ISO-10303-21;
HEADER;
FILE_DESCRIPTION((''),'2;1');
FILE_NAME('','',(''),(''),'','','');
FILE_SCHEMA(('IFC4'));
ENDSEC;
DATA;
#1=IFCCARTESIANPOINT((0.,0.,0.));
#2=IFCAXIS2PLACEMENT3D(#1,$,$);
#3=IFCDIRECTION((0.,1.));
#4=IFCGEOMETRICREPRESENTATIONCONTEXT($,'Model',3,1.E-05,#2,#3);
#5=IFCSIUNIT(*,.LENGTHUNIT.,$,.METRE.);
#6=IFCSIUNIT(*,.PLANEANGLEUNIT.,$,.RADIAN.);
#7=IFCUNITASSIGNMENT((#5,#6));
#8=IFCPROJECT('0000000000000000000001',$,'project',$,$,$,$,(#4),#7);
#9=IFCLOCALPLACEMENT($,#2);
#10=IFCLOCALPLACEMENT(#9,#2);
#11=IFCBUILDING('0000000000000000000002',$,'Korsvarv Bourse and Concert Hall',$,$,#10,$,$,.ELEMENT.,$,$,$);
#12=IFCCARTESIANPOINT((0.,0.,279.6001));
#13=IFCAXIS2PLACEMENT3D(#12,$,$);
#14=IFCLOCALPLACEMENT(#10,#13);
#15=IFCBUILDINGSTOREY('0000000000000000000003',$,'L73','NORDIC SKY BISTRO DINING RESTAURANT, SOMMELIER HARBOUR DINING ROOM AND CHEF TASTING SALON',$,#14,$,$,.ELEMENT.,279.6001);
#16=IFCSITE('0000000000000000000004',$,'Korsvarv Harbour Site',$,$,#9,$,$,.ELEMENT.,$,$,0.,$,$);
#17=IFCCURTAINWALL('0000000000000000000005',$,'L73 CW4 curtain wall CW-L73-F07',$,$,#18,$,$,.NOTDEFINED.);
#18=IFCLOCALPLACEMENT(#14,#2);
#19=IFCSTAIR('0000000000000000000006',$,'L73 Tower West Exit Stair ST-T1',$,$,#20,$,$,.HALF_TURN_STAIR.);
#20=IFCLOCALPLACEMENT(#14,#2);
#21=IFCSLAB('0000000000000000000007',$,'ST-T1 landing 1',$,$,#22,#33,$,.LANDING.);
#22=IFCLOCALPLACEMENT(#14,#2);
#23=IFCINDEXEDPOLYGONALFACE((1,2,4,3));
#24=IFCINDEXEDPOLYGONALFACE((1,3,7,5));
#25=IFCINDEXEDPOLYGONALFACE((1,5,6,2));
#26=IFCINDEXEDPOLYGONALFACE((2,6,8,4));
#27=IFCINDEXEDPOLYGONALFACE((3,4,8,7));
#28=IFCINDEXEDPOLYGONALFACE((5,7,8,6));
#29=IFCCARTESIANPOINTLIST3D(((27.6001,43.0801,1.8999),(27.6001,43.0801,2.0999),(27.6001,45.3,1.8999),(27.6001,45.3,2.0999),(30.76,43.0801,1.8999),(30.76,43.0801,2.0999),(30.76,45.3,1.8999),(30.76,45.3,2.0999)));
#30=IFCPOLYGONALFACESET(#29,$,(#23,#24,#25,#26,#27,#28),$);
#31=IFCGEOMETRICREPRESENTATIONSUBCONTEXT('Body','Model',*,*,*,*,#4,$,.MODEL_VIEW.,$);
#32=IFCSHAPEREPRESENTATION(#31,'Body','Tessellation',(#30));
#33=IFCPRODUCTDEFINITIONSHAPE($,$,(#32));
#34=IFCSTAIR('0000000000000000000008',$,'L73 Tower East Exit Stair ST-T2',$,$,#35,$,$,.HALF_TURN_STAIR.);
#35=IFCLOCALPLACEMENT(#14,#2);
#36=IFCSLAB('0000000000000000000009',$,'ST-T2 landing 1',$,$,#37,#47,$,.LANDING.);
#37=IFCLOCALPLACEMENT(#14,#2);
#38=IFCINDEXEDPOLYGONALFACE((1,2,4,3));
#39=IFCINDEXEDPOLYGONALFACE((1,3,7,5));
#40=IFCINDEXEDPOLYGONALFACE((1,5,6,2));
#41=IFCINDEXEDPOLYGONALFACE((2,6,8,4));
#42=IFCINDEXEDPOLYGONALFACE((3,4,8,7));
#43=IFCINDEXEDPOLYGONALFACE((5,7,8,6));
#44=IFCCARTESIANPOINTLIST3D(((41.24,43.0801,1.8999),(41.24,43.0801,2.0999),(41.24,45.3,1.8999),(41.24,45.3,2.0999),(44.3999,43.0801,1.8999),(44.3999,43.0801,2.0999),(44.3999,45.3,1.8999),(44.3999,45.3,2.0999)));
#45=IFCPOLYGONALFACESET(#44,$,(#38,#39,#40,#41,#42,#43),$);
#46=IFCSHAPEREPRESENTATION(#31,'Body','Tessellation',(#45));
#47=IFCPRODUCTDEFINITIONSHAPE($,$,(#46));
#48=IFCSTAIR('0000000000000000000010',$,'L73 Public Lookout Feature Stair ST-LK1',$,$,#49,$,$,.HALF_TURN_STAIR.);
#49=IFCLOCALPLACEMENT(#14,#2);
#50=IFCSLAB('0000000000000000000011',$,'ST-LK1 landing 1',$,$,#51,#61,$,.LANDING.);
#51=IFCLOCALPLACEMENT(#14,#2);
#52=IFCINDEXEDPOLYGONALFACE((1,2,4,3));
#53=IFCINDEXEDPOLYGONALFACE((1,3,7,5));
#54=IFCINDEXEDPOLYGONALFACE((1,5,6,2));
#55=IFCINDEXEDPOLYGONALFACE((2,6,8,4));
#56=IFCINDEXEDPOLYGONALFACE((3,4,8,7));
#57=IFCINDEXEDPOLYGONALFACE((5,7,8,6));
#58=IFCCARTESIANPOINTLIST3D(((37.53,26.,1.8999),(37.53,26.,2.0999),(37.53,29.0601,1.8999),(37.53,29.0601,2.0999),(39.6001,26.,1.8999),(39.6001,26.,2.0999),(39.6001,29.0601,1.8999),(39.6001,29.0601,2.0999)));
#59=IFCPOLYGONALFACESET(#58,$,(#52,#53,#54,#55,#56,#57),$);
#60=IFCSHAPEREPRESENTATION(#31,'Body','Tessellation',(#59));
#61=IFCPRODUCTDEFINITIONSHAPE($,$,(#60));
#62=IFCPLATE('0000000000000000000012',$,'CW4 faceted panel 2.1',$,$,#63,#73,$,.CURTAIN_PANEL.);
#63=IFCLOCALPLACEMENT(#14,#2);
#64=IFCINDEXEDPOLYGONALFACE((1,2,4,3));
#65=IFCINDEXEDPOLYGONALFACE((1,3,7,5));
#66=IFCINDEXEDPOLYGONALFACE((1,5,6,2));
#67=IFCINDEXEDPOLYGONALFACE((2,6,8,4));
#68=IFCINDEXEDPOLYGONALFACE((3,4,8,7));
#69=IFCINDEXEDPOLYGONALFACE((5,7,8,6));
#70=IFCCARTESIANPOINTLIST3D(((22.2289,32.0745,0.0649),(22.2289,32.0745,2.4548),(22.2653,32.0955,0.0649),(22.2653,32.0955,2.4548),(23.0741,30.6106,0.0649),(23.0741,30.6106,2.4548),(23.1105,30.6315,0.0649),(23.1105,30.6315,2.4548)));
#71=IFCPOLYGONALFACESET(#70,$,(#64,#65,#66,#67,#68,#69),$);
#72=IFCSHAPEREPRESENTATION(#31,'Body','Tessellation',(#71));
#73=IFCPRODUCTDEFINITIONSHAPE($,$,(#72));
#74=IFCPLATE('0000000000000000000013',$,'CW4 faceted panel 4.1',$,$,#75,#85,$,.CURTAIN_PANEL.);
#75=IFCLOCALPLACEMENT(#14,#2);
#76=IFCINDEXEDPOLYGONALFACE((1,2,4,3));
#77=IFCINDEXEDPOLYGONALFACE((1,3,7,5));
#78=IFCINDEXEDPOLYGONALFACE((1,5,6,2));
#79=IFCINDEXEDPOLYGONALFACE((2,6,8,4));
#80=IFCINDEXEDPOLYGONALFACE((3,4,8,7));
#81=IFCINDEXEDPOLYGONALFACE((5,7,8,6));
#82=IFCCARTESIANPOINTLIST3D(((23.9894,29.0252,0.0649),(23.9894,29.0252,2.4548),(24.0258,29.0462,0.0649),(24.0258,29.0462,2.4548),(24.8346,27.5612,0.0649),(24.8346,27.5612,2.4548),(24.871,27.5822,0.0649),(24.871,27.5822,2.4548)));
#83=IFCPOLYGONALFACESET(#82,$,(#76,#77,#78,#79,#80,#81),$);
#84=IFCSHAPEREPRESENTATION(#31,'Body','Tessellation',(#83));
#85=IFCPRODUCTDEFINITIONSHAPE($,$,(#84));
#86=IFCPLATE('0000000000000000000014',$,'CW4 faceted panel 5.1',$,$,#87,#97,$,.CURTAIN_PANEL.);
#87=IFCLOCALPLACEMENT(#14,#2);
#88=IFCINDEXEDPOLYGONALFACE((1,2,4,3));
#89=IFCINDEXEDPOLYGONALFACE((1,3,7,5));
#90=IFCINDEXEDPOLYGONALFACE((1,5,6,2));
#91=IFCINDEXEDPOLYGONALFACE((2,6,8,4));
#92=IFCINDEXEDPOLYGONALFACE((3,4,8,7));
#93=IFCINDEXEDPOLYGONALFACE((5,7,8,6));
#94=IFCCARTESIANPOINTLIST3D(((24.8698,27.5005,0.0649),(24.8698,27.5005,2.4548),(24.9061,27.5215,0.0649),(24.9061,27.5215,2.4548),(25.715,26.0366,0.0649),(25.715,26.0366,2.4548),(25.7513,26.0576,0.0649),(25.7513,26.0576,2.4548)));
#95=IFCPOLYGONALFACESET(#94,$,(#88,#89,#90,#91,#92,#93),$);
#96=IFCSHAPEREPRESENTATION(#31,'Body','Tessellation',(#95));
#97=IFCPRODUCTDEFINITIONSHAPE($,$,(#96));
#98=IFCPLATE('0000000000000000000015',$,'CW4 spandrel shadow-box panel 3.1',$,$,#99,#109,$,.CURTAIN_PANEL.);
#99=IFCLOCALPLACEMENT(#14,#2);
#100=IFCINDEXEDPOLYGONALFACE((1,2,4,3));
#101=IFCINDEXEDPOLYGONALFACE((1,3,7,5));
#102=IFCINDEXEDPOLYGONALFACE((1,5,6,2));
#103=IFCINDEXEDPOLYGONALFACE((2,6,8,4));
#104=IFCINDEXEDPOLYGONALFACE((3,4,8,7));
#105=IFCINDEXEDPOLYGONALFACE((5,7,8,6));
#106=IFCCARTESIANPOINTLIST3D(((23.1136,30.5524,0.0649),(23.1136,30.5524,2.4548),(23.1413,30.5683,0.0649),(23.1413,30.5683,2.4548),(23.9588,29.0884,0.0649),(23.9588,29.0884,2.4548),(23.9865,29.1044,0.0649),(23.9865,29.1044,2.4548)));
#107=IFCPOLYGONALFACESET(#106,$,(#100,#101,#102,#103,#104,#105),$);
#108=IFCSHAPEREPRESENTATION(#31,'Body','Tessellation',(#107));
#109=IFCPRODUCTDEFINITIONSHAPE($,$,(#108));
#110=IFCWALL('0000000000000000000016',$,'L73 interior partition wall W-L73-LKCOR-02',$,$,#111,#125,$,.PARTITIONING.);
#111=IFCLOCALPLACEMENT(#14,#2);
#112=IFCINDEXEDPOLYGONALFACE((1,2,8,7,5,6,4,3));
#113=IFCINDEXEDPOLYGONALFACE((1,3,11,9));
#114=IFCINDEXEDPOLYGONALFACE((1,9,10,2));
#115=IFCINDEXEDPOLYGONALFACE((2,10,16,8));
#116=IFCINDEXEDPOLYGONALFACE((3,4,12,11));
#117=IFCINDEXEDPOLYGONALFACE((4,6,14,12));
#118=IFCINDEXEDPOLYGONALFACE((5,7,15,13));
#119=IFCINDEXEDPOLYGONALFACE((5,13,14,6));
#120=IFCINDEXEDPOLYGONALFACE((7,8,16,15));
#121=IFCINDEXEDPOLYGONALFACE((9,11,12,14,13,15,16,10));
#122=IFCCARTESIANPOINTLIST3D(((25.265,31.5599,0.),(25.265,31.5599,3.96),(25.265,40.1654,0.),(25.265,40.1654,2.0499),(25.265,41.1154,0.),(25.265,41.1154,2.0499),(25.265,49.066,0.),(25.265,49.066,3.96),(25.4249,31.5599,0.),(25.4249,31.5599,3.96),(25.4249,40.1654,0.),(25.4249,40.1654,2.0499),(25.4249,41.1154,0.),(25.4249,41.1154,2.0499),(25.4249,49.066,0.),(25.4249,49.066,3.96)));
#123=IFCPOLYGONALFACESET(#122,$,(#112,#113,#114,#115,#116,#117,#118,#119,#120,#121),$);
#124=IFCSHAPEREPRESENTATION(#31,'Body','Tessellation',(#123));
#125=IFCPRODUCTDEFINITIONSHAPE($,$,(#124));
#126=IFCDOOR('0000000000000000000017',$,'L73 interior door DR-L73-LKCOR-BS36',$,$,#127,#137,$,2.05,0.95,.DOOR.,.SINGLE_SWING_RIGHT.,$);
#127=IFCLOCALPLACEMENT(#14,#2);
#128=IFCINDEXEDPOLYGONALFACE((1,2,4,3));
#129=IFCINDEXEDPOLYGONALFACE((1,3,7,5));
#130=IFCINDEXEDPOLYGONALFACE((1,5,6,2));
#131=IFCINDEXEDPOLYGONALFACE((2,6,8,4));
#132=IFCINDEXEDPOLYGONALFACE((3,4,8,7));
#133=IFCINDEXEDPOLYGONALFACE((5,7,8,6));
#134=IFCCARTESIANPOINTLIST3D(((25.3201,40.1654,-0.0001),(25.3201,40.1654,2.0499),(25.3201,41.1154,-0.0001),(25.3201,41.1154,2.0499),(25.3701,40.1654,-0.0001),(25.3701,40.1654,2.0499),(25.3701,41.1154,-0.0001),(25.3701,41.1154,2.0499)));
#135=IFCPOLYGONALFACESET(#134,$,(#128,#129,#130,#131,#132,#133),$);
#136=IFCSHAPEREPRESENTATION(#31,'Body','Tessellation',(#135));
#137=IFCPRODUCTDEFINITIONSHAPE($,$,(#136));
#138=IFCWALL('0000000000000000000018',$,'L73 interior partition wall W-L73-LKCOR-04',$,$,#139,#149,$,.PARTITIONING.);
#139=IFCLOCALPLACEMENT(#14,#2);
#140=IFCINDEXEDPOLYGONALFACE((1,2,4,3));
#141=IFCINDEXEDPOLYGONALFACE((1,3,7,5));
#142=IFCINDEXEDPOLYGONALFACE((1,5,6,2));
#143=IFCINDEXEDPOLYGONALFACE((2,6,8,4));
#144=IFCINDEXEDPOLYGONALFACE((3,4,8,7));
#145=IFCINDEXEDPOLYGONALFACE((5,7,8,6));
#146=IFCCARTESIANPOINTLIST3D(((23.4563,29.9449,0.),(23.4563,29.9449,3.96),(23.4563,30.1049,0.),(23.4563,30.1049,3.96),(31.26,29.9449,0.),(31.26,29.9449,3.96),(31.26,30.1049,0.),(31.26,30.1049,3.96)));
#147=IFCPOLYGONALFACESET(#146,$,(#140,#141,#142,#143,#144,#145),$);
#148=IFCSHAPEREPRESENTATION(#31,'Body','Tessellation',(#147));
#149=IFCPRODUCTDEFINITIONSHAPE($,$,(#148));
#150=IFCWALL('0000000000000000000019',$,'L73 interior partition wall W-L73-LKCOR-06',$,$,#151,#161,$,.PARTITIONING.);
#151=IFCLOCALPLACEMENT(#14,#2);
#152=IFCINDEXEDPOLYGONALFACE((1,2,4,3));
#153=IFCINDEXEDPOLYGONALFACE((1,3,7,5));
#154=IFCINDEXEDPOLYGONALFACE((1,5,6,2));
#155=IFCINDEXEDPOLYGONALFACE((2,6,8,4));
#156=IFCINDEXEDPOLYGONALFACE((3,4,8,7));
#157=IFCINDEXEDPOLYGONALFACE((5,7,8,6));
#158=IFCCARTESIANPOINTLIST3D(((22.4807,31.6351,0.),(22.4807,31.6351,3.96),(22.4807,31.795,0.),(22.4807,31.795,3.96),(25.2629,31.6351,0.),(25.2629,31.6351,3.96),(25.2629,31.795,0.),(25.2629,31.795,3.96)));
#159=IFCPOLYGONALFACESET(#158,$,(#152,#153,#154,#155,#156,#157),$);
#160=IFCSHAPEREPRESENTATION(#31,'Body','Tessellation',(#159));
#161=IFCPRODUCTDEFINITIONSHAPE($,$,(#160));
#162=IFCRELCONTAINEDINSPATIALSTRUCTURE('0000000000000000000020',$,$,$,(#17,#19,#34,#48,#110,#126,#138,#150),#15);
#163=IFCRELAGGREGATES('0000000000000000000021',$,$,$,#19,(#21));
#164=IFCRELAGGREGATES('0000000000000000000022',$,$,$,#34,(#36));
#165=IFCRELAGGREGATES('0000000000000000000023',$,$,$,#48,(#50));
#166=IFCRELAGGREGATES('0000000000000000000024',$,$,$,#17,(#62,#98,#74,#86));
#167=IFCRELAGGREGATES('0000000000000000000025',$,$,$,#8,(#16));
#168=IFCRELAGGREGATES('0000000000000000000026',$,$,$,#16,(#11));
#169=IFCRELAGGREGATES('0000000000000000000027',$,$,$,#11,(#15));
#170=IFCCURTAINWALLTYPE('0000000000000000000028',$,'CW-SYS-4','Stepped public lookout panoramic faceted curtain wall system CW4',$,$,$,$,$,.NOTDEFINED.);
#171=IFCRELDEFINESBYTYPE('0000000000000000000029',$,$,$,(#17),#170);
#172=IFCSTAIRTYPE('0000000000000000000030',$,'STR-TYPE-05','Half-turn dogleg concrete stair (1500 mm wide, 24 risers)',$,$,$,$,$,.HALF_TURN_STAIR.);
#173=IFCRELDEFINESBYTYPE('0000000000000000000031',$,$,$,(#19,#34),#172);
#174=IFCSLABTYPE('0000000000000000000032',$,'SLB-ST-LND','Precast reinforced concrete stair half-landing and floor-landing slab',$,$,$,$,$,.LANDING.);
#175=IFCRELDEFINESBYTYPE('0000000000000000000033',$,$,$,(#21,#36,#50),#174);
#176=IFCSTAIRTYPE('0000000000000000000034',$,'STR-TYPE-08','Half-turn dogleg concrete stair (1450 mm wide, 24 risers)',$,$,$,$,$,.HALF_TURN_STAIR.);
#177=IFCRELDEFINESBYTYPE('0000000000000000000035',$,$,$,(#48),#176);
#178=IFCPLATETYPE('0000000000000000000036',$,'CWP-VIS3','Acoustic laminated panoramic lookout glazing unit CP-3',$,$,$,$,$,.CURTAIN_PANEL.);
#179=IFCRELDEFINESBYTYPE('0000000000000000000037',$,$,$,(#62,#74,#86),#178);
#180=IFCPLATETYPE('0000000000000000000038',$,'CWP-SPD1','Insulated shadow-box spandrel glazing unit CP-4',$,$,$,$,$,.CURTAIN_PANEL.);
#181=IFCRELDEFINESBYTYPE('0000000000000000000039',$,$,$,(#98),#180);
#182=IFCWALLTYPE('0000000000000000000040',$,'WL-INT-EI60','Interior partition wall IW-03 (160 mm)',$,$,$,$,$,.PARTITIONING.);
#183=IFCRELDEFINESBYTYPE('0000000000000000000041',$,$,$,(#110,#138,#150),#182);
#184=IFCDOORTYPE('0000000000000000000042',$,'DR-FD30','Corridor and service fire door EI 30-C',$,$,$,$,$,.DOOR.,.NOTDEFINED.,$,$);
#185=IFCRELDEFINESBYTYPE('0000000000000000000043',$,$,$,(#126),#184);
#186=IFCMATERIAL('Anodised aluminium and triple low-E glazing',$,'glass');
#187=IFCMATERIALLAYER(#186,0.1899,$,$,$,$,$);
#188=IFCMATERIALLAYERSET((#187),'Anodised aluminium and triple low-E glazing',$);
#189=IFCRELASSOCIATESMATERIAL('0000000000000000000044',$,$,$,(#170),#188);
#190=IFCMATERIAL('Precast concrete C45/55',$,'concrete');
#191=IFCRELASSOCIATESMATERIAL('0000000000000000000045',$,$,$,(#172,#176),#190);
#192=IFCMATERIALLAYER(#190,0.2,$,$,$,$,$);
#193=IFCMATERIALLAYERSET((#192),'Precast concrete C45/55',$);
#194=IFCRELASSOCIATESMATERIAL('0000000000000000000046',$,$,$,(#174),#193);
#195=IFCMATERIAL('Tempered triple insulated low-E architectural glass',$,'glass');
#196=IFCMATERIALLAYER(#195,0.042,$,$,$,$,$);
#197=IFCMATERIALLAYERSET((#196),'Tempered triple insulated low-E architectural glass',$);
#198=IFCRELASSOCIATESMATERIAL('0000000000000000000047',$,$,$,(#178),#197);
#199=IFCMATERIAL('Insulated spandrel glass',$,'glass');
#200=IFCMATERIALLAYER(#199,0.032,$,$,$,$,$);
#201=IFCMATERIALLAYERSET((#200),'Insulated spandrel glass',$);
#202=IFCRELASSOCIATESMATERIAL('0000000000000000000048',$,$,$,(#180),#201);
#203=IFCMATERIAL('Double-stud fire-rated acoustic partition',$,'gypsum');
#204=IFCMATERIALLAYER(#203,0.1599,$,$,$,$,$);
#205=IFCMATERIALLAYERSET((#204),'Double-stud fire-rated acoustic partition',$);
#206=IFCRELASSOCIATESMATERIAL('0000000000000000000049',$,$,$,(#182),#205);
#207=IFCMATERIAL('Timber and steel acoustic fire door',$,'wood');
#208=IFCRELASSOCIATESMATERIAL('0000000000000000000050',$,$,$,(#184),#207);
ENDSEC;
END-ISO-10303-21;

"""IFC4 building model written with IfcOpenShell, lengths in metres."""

from ifc_helpers import new_model, si_unit, direction, frame, frame_2d, origin, origin_2d, place, context, subcontext, project, spatial, polyline, rectangle, outline, extrude, source, transform, mapped, material, layer, layer_set, type_object, element, fill, aggregate, save


model = new_model("IFC4")

# Units and contexts
model_context = context("Model", 3, precision=1e-05, world=origin(), true_north=direction((0.0, 1.0)))
body_context = subcontext(model_context, "Body", "Model", "MODEL_VIEW")
ifc_project = project(units=[si_unit("LENGTHUNIT", "METRE"), si_unit("PLANEANGLEUNIT", "RADIAN")], contexts=[model_context])

# Site, building, storey
site_placement = place(None, origin())
site = spatial("IfcSite", under=ifc_project, at=site_placement, Name="Korsvarv Harbour Site", CompositionType="ELEMENT", RefElevation=0.0)
building_placement = place(site_placement, origin())
building = spatial("IfcBuilding", under=site, at=building_placement, Name="Korsvarv Bourse and Concert Hall", CompositionType="ELEMENT")
storey_placement = place(building_placement, frame((0.0, 0.0, 279.6001)))
storey = spatial("IfcBuildingStorey", under=building, at=storey_placement, Name="L73", Description="NORDIC SKY BISTRO DINING RESTAURANT, SOMMELIER HARBOUR DINING ROOM AND CHEF TASTING SALON", CompositionType="ELEMENT", Elevation=279.6001)

# Curtain wall
ifc_material_1 = material(Name="Anodised aluminium and triple low-E glazing", Category="glass")
ifc_layer_1 = layer(ifc_material_1, 0.1899)
ifc_layer_set_1 = layer_set([ifc_layer_1], Name="Anodised aluminium and triple low-E glazing")
curtain_wall_type = type_object("IfcCurtainWallType", Name="CW-SYS-4", Description="Stepped public lookout panoramic faceted curtain wall system CW4", PredefinedType="NOTDEFINED", material=ifc_layer_set_1)
curtain_wall_placement = place(storey_placement, origin())
curtain_wall = element("IfcCurtainWall", 1, at=curtain_wall_placement, inside=storey, type_object=curtain_wall_type, Name="L73 CW4 curtain wall CW-L73-F07", PredefinedType="NOTDEFINED")

# Shared definitions
ifc_material_2 = material(Name="Precast concrete C45/55", Category="concrete")

# Stairs, slabs
stair_type_1 = type_object("IfcStairType", Name="STR-TYPE-05", Description="Half-turn dogleg concrete stair (1500 mm wide, 24 risers)", PredefinedType="HALF_TURN_STAIR", material=ifc_material_2)
stair_1_placement = place(storey_placement, origin())
stair_1 = element("IfcStair", 2, at=stair_1_placement, inside=storey, type_object=stair_type_1, Name="L73 Tower West Exit Stair ST-T1", PredefinedType="HALF_TURN_STAIR")
ifc_layer_2 = layer(ifc_material_2, 0.2)
ifc_layer_set_2 = layer_set([ifc_layer_2], Name="Precast concrete C45/55")
slab_type_1 = type_object("IfcSlabType", Name="SLB-ST-LND", Description="Precast reinforced concrete stair half-landing and floor-landing slab", PredefinedType="LANDING", material=ifc_layer_set_2)
slab_1_placement = place(storey_placement, frame((0.0, 0.0, 1.8999)))
slab_1 = element("IfcSlab", 3, at=slab_1_placement, type_object=slab_type_1, Name="ST-T1 landing 1", PredefinedType="LANDING", context=body_context, shape_type="SweptSolid", body=[
    extrude(outline(polyline([(30.76, 43.0801), (30.76, 45.3), (27.6001, 45.3), (27.6001, 43.0801), (30.76, 43.0801)])), origin(), (0.0, 0.0, 1.0), 0.2),
])
aggregate(stair_1, [slab_1])
stair_2_placement = place(storey_placement, origin())
stair_2 = element("IfcStair", 4, at=stair_2_placement, inside=storey, type_object=stair_type_1, Name="L73 Tower East Exit Stair ST-T2", PredefinedType="HALF_TURN_STAIR")
slab_2_placement = place(storey_placement, frame((0.0, 0.0, 1.8999)))
slab_2 = element("IfcSlab", 5, at=slab_2_placement, type_object=slab_type_1, Name="ST-T2 landing 1", PredefinedType="LANDING", context=body_context, shape_type="SweptSolid", body=[
    extrude(outline(polyline([(44.3999, 43.0801), (44.3999, 45.3), (41.24, 45.3), (41.24, 43.0801), (44.3999, 43.0801)])), origin(), (0.0, 0.0, 1.0), 0.2),
])
aggregate(stair_2, [slab_2])
stair_type_2 = type_object("IfcStairType", Name="STR-TYPE-08", Description="Half-turn dogleg concrete stair (1450 mm wide, 24 risers)", PredefinedType="HALF_TURN_STAIR", material=ifc_material_2)
stair_3_placement = place(storey_placement, origin())
stair_3 = element("IfcStair", 6, at=stair_3_placement, inside=storey, type_object=stair_type_2, Name="L73 Public Lookout Feature Stair ST-LK1", PredefinedType="HALF_TURN_STAIR")
slab_3_placement = place(storey_placement, frame((0.0, 0.0, 1.8999)))
slab_3 = element("IfcSlab", 7, at=slab_3_placement, type_object=slab_type_1, Name="ST-LK1 landing 1", PredefinedType="LANDING", context=body_context, shape_type="SweptSolid", body=[
    extrude(outline(polyline([(37.53, 26.0), (39.6001, 26.0), (39.6001, 29.0601), (37.53, 29.0601), (37.53, 26.0)])), origin(), (0.0, 0.0, 1.0), 0.2),
])
aggregate(stair_3, [slab_3])

# Plates
ifc_material_3 = material(Name="Tempered triple insulated low-E architectural glass", Category="glass")
ifc_layer_3 = layer(ifc_material_3, 0.042)
ifc_layer_set_3 = layer_set([ifc_layer_3], Name="Tempered triple insulated low-E architectural glass")
plate_type_1 = type_object("IfcPlateType", Name="CWP-VIS3", Description="Acoustic laminated panoramic lookout glazing unit CP-3", PredefinedType="CURTAIN_PANEL", material=ifc_layer_set_3)
shared_shape_1 = source(origin(), body_context, "Body", "SweptSolid", [
    extrude(rectangle(XDim=1.6904, YDim=0.042, at=origin_2d()), origin(), (0.0, 0.0, 1.0), 2.3899),
])
plate_1_placement = place(storey_placement, frame((22.6697, 31.353, 0.0649), z_axis=(0.0, 0.0, 1.0), x_axis=(0.499998, -0.866027, 0.0)))
plate_1 = element("IfcPlate", 8, at=plate_1_placement, type_object=plate_type_1, Name="CW4 faceted panel 2.1", PredefinedType="CURTAIN_PANEL", context=body_context, shape_type="MappedRepresentation", body=[
    mapped(shared_shape_1, transform((0.0, 0.0, 0.0), scale=1.0)),
])
plate_2_placement = place(storey_placement, frame((24.4302, 28.3037, 0.0649), z_axis=(0.0, 0.0, 1.0), x_axis=(0.499998, -0.866027, 0.0)))
plate_2 = element("IfcPlate", 9, at=plate_2_placement, type_object=plate_type_1, Name="CW4 faceted panel 4.1", PredefinedType="CURTAIN_PANEL", context=body_context, shape_type="MappedRepresentation", body=[
    mapped(shared_shape_1, transform((0.0, 0.0, 0.0), scale=1.0)),
])
plate_3_placement = place(storey_placement, frame((25.3105, 26.7791, 0.0649), z_axis=(0.0, 0.0, 1.0), x_axis=(0.499998, -0.866027, 0.0)))
plate_3 = element("IfcPlate", 10, at=plate_3_placement, type_object=plate_type_1, Name="CW4 faceted panel 5.1", PredefinedType="CURTAIN_PANEL", context=body_context, shape_type="MappedRepresentation", body=[
    mapped(shared_shape_1, transform((0.0, 0.0, 0.0), scale=1.0)),
])
ifc_material_4 = material(Name="Insulated spandrel glass", Category="glass")
ifc_layer_4 = layer(ifc_material_4, 0.032)
ifc_layer_set_4 = layer_set([ifc_layer_4], Name="Insulated spandrel glass")
plate_type_2 = type_object("IfcPlateType", Name="CWP-SPD1", Description="Insulated shadow-box spandrel glazing unit CP-4", PredefinedType="CURTAIN_PANEL", material=ifc_layer_set_4)
shared_shape_2 = source(origin(), body_context, "Body", "SweptSolid", [
    extrude(rectangle(XDim=1.6904, YDim=0.032, at=origin_2d()), origin(), (0.0, 0.0, 1.0), 2.3899),
])
plate_4_placement = place(storey_placement, frame((23.55, 29.8284, 0.0649), z_axis=(0.0, 0.0, 1.0), x_axis=(0.499998, -0.866027, 0.0)))
plate_4 = element("IfcPlate", 11, at=plate_4_placement, type_object=plate_type_2, Name="CW4 spandrel shadow-box panel 3.1", PredefinedType="CURTAIN_PANEL", context=body_context, shape_type="MappedRepresentation", body=[
    mapped(shared_shape_2, transform((0.0, 0.0, 0.0), scale=1.0)),
])
aggregate(curtain_wall, [plate_1, plate_4, plate_2, plate_3])

# Wall, opening, door
ifc_material_5 = material(Name="Double-stud fire-rated acoustic partition", Category="gypsum")
ifc_layer_5 = layer(ifc_material_5, 0.1599)
ifc_layer_set_5 = layer_set([ifc_layer_5], Name="Double-stud fire-rated acoustic partition")
wall_type = type_object("IfcWallType", Name="WL-INT-EI60", Description="Interior partition wall IW-03 (160 mm)", PredefinedType="PARTITIONING", material=ifc_layer_set_5)
wall_1_placement = place(storey_placement, frame((25.345, 31.5601, 0.0), z_axis=(0.0, 0.0, 1.0), x_axis=(0.0, 1.0, 0.0)))
wall_1 = element("IfcWall", 12, at=wall_1_placement, inside=storey, type_object=wall_type, Name="L73 interior partition wall W-L73-LKCOR-02", PredefinedType="PARTITIONING", context=body_context, shape_type="SweptSolid", body=[
    extrude(rectangle(XDim=17.5061, YDim=0.1599, at=frame_2d((8.7529, 0.0))), origin(), (0.0, 0.0, 1.0), 3.96),
])
opening_placement = place(wall_1_placement, frame((8.6052, 0.0, 0.0)))
opening = element("IfcOpeningElement", 13, at=opening_placement, cuts=wall_1, PredefinedType="OPENING", context=body_context, shape_type="SweptSolid", body=[
    extrude(rectangle(XDim=0.95, YDim=2.05, at=frame_2d((0.4751, 1.0249))), frame((0.0, 0.0898, 0.0), z_axis=(0.0, -1.0, 0.0), x_axis=(1.0, 0.0, 0.0)), (0.0, 0.0, 1.0), 0.1799),
])
ifc_material_6 = material(Name="Timber and steel acoustic fire door", Category="wood")
door_type = type_object("IfcDoorType", Name="DR-FD30", Description="Corridor and service fire door EI 30-C", OperationType="NOTDEFINED", PredefinedType="DOOR", material=ifc_material_6)
door_placement = place(opening_placement, origin())
door = element("IfcDoor", 14, at=door_placement, inside=storey, type_object=door_type, Name="L73 interior door DR-L73-LKCOR-BS36", OperationType="SINGLE_SWING_RIGHT", OverallHeight=2.05, OverallWidth=0.95, PredefinedType="DOOR", context=body_context, shape_type="SweptSolid", body=[
    extrude(rectangle(XDim=0.95, YDim=2.05, at=frame_2d((0.4751, 1.0249))), frame((0.0, 0.0249, 0.0), z_axis=(0.0, -1.0, 0.0), x_axis=(1.0, 0.0, 0.0)), (0.0, 0.0, 1.0), 0.05),
])
fill(opening, door)

# Walls
wall_2_placement = place(storey_placement, frame((23.4563, 30.0249, 0.0), z_axis=(0.0, 0.0, 1.0), x_axis=(1.0, 0.0, 0.0)))
element("IfcWall", 15, at=wall_2_placement, inside=storey, type_object=wall_type, Name="L73 interior partition wall W-L73-LKCOR-04", PredefinedType="PARTITIONING", context=body_context, shape_type="SweptSolid", body=[
    extrude(rectangle(XDim=7.8037, YDim=0.1599, at=frame_2d((3.9019, 0.0))), origin(), (0.0, 0.0, 1.0), 3.96),
])
wall_3_placement = place(storey_placement, frame((22.4807, 31.7151, 0.0), z_axis=(0.0, 0.0, 1.0), x_axis=(1.0, 0.0, 0.0)))
element("IfcWall", 16, at=wall_3_placement, inside=storey, type_object=wall_type, Name="L73 interior partition wall W-L73-LKCOR-06", PredefinedType="PARTITIONING", context=body_context, shape_type="SweptSolid", body=[
    extrude(rectangle(XDim=2.7822, YDim=0.1599, at=frame_2d((1.3911, 0.0))), origin(), (0.0, 0.0, 1.0), 3.96),
])

save(model, "model.ifc")
